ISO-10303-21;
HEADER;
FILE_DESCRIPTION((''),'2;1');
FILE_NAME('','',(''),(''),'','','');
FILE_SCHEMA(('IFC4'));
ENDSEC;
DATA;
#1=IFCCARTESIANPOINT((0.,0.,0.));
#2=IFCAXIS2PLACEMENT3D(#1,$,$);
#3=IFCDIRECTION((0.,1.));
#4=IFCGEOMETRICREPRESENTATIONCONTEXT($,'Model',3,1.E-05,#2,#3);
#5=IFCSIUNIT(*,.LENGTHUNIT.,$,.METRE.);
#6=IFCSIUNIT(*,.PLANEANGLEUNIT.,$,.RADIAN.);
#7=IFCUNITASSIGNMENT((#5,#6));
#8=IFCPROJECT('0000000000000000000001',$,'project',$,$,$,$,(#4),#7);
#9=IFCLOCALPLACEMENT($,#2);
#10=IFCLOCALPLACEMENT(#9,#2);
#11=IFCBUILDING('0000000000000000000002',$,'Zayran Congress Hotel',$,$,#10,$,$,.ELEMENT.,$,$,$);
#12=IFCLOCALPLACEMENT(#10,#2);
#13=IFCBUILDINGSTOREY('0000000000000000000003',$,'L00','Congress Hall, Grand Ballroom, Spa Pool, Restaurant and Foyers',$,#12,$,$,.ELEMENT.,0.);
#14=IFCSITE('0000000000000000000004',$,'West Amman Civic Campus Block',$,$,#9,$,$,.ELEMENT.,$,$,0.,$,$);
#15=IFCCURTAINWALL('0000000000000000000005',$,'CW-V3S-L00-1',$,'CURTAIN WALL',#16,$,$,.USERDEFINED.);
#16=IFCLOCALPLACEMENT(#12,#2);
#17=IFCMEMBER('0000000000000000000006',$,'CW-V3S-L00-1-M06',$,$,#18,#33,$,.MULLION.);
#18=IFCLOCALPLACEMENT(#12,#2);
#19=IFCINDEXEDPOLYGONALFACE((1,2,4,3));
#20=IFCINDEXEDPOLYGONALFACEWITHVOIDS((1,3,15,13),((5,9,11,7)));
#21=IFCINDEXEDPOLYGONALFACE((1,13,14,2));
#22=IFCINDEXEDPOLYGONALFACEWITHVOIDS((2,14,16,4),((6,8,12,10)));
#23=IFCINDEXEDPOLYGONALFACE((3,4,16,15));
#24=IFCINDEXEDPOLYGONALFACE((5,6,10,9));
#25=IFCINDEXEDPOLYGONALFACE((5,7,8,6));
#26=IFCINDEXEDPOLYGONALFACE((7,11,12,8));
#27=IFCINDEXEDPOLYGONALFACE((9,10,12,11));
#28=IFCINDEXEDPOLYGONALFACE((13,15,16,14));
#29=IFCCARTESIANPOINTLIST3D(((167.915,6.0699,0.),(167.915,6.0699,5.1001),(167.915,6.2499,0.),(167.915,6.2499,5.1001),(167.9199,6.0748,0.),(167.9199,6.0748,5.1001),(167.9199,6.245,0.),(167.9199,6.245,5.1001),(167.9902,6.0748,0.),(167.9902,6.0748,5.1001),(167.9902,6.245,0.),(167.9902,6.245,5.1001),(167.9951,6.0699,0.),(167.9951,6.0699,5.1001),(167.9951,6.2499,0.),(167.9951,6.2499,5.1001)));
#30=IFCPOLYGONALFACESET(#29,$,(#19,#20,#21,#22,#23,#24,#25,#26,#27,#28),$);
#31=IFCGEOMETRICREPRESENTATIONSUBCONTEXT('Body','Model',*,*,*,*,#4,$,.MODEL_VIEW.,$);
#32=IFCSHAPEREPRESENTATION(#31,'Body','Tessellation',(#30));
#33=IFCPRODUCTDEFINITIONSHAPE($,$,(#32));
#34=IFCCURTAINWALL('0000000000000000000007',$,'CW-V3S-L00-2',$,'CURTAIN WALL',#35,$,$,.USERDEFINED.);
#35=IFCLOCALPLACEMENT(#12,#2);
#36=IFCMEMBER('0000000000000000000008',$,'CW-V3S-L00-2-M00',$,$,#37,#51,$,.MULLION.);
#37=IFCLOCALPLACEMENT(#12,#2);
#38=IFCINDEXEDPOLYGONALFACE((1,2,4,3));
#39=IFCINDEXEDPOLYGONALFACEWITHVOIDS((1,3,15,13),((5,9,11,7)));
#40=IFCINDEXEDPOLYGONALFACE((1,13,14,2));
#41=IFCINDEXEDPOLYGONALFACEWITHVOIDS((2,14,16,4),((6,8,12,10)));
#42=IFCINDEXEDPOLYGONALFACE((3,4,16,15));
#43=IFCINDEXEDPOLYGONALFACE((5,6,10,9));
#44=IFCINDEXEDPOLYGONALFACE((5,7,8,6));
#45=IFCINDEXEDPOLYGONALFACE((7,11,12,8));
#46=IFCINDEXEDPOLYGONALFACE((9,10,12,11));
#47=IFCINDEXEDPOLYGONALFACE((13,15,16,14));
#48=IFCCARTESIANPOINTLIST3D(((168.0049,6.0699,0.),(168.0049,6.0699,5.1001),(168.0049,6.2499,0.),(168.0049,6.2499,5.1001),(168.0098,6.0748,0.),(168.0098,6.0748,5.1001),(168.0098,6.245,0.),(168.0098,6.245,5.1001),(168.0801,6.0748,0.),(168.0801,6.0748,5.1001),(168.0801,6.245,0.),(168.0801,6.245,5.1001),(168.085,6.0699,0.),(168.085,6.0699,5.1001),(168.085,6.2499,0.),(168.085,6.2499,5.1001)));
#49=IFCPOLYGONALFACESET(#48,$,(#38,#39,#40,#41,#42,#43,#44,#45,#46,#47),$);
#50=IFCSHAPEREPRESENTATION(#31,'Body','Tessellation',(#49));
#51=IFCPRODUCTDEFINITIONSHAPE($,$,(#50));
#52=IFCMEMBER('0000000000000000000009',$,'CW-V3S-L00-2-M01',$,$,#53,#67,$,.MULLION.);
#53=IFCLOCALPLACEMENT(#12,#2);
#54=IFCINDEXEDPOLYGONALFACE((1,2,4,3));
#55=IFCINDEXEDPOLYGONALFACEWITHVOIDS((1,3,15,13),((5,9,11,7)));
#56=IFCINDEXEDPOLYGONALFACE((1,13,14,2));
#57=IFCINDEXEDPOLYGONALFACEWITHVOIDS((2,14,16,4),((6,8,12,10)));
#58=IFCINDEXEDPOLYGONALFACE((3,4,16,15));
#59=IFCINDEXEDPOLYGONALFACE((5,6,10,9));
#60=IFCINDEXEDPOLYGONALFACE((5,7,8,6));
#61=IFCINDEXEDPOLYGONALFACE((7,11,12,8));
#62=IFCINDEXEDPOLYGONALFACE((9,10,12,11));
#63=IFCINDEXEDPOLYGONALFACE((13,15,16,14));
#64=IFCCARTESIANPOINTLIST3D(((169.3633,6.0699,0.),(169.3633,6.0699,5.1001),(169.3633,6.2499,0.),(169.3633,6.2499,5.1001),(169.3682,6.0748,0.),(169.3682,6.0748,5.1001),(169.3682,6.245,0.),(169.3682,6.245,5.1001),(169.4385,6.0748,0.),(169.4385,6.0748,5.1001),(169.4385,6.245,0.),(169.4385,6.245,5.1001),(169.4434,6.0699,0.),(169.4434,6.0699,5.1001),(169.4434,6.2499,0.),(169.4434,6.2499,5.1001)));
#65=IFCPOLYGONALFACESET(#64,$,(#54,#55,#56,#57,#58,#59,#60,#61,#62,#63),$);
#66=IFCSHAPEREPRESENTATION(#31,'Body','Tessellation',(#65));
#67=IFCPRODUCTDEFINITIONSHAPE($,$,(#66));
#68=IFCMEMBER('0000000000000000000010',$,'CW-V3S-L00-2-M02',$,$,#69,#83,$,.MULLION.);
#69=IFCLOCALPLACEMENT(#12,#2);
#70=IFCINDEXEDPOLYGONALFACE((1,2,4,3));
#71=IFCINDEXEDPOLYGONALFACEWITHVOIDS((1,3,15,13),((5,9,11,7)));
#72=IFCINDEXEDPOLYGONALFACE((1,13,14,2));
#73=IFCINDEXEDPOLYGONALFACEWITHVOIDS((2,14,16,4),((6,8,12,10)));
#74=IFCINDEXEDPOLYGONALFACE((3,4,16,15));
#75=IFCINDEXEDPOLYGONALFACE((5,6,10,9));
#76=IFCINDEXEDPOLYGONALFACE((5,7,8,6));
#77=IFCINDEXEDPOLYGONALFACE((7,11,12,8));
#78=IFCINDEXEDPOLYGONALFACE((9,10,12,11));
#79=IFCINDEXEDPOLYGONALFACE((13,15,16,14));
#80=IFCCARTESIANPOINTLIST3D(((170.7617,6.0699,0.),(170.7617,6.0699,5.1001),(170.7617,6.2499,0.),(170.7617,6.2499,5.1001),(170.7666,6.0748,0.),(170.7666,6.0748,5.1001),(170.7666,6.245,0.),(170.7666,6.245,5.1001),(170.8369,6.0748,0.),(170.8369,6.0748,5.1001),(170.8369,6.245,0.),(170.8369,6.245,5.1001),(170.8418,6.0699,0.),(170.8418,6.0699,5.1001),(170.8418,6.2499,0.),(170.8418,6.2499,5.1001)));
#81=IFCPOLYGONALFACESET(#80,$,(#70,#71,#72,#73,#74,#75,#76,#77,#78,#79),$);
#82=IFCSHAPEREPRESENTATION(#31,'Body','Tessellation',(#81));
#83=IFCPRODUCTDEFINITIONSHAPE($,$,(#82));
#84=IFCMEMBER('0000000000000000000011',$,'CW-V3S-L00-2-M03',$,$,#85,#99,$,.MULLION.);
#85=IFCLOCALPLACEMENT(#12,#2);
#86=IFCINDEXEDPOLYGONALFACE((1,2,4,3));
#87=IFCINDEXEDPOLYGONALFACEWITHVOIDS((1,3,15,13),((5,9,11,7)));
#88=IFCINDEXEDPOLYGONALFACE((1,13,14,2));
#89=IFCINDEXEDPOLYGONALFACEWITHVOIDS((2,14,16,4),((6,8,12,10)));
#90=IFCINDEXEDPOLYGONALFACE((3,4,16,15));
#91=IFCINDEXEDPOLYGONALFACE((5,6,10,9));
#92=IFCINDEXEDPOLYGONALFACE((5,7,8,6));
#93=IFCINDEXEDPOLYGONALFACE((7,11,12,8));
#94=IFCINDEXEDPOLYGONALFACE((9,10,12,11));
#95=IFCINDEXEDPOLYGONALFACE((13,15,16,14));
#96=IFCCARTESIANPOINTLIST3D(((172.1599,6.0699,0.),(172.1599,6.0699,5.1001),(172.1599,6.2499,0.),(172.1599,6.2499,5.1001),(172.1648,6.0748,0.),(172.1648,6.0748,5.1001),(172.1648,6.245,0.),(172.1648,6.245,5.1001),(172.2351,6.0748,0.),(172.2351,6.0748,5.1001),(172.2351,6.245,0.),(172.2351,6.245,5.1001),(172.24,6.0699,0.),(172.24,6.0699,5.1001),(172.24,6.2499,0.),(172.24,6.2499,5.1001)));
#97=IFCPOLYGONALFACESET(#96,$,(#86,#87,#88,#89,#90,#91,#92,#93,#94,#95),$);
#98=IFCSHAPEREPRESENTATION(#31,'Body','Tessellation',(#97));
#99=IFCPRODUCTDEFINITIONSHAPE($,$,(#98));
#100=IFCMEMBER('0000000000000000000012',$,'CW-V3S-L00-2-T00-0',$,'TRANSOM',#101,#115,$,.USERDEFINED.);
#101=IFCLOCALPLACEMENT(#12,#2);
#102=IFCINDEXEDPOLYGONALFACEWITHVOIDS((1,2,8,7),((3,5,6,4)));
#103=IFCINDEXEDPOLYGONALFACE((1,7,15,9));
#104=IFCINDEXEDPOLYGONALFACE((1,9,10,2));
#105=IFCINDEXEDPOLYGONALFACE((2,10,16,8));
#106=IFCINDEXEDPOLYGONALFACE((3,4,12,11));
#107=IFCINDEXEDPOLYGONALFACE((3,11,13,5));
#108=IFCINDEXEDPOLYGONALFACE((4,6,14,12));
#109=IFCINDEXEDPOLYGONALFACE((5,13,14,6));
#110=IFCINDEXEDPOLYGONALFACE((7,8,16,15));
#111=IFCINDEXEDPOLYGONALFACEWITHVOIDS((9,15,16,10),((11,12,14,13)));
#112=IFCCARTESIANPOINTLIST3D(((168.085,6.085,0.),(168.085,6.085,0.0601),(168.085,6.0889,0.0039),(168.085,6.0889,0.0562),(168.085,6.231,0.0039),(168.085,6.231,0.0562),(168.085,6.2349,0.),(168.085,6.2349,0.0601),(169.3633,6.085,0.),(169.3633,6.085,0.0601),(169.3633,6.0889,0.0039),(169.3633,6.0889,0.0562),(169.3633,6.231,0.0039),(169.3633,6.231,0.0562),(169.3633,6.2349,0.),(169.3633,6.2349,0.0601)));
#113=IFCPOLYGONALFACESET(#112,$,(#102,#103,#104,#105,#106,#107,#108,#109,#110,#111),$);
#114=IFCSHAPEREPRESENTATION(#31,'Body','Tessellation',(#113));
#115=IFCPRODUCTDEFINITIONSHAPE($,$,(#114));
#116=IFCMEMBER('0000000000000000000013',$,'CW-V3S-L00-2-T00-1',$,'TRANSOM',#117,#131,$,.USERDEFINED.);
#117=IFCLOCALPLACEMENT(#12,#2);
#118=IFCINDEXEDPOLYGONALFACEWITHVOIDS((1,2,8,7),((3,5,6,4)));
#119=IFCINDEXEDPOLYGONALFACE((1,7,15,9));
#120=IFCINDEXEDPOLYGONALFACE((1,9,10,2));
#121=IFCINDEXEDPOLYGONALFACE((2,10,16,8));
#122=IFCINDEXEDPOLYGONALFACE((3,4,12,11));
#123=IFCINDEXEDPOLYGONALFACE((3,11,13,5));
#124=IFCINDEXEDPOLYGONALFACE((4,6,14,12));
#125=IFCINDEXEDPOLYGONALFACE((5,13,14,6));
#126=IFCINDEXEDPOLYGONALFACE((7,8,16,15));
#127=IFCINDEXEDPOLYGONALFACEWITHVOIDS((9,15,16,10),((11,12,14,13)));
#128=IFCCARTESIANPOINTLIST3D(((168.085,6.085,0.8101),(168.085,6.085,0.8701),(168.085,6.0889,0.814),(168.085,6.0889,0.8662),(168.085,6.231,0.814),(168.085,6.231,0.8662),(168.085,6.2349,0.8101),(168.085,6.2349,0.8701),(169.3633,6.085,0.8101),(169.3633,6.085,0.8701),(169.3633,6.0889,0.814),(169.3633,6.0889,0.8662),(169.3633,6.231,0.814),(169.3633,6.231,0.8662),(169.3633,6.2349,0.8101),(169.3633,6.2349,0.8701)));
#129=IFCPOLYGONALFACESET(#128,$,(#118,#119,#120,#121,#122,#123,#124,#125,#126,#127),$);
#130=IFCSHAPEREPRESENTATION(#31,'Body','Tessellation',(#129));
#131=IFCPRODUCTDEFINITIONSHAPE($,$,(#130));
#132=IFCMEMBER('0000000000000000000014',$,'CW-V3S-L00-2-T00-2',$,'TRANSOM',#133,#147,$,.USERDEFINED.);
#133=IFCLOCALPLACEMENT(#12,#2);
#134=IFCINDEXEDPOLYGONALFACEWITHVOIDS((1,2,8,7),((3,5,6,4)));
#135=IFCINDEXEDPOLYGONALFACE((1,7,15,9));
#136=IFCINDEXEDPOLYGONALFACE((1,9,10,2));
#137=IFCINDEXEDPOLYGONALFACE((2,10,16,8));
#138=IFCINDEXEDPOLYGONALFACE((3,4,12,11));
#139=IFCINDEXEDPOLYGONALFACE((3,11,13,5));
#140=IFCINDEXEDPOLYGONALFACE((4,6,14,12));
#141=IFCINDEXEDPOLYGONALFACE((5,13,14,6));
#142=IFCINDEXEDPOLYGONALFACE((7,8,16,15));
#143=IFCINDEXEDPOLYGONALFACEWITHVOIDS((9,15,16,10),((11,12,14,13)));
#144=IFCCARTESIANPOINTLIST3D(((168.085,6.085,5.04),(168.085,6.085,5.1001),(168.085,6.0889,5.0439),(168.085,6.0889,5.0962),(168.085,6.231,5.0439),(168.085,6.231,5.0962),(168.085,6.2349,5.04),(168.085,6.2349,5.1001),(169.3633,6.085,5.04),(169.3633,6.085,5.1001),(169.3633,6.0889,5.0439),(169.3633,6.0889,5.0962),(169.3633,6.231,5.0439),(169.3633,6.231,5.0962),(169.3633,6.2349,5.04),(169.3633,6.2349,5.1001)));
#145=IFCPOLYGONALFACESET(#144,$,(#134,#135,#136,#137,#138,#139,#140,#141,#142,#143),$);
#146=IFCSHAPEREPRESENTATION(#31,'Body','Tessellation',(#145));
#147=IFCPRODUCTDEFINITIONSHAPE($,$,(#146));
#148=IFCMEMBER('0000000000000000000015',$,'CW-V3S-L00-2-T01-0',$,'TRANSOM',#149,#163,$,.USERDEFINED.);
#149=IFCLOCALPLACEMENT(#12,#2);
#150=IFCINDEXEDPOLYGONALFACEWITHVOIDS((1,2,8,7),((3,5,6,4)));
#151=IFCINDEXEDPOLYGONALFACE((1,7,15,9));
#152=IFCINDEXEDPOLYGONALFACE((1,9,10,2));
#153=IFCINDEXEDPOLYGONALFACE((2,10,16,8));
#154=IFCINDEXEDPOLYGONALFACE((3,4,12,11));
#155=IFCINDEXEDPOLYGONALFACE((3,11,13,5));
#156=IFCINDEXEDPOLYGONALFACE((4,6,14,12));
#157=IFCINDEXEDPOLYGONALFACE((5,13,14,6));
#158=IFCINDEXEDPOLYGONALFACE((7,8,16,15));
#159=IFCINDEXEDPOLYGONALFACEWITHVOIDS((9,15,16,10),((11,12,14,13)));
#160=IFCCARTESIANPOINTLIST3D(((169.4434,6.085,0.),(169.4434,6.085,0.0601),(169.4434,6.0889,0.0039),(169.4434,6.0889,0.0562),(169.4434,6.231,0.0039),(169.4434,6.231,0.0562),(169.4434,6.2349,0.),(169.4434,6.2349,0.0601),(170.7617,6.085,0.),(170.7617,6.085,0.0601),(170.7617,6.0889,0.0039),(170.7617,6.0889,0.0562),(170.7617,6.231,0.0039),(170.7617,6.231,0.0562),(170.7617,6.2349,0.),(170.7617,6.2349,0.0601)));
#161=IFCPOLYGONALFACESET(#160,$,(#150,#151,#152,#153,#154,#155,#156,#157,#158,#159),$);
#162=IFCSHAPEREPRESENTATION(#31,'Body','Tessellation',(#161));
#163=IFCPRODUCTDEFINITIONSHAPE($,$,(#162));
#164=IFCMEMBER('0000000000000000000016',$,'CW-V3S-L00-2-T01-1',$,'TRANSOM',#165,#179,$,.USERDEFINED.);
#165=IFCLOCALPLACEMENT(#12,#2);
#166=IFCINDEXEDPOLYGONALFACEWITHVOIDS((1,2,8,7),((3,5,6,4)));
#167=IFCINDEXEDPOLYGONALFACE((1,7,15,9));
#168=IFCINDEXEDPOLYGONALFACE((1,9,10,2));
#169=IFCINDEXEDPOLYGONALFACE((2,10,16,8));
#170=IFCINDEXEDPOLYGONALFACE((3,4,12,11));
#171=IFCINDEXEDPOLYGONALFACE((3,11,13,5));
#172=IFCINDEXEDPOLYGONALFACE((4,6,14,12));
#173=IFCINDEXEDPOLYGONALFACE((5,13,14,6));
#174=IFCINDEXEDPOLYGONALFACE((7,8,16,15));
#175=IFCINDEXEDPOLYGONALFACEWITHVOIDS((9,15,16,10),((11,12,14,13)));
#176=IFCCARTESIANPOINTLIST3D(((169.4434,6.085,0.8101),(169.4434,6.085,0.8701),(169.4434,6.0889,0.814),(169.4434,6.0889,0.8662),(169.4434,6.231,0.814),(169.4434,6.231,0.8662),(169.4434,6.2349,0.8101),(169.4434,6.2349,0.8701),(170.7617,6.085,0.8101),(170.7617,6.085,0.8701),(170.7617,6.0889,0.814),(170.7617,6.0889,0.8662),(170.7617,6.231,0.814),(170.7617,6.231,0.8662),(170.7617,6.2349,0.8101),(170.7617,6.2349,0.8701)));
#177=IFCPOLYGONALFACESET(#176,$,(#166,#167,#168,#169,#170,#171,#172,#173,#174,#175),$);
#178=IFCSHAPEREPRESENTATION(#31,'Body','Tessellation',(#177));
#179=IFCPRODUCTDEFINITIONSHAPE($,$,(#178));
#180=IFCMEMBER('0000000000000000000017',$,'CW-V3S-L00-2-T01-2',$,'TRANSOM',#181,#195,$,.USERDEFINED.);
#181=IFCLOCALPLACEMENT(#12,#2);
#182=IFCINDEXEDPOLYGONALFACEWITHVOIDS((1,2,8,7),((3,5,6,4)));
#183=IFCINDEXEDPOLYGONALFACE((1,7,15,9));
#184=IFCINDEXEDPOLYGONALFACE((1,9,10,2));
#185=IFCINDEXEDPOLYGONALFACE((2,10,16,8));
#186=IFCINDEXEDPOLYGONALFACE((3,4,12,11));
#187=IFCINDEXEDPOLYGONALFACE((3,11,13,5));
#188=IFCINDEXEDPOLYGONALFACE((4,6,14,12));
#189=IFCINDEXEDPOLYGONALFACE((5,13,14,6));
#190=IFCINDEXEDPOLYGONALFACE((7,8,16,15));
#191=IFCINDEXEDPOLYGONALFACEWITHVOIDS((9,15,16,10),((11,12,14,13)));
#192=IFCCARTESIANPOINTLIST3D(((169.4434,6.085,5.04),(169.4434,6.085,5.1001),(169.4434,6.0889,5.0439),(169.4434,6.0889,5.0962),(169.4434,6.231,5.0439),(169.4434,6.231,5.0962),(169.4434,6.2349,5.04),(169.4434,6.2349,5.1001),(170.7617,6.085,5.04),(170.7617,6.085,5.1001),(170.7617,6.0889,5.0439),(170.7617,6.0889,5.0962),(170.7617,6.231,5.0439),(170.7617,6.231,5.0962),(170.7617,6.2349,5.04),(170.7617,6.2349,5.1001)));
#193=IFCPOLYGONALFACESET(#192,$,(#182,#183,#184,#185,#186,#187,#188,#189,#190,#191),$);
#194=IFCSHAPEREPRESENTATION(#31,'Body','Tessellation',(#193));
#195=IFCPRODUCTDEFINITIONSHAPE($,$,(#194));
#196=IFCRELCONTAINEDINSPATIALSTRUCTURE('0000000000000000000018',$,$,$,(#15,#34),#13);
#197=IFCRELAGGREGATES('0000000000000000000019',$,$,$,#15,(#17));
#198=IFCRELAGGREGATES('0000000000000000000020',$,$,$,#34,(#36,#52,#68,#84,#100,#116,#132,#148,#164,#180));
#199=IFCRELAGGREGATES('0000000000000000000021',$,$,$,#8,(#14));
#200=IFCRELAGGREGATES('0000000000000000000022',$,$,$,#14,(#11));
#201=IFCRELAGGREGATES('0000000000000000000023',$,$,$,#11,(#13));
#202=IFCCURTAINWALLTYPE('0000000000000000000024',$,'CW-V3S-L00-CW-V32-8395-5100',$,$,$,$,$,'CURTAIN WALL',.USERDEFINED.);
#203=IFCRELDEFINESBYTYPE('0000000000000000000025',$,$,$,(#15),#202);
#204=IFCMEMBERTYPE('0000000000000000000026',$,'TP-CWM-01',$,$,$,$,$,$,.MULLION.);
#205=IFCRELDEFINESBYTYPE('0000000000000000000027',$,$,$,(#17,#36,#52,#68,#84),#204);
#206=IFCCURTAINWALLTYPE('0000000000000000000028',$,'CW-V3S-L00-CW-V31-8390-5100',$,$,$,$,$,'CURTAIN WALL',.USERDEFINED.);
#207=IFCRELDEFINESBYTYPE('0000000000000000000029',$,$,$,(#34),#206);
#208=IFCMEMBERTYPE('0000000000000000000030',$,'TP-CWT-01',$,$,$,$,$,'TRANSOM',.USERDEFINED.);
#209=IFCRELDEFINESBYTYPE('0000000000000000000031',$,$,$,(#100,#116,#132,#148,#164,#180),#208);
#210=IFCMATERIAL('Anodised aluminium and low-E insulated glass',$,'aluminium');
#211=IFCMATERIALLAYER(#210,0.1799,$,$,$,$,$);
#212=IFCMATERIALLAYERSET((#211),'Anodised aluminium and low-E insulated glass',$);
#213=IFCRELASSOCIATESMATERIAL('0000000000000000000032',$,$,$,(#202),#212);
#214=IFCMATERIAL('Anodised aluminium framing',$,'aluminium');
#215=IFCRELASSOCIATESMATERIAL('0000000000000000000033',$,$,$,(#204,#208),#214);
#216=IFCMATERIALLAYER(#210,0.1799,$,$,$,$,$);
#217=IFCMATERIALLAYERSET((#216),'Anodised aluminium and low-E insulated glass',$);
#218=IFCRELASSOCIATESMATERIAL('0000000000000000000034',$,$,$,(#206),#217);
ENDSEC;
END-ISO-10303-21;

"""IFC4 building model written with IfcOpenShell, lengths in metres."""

from ifc_helpers import new_model, si_unit, direction, frame, origin, origin_2d, place, context, subcontext, project, spatial, hollow_rectangle, extrude, material, layer, layer_set, material_profile, profile_set, type_object, element, aggregate, save


model = new_model("IFC4")

# Units and contexts
model_context = context("Model", 3, precision=1e-05, world=origin(), true_north=direction((0.0, 1.0)))
body_context = subcontext(model_context, "Body", "Model", "MODEL_VIEW")
ifc_project = project(units=[si_unit("LENGTHUNIT", "METRE"), si_unit("PLANEANGLEUNIT", "RADIAN")], contexts=[model_context])

# Site, building, storey
site_placement = place(None, origin())
site = spatial("IfcSite", under=ifc_project, at=site_placement, Name="West Amman Civic Campus Block", CompositionType="ELEMENT", RefElevation=0.0)
building_placement = place(site_placement, origin())
building = spatial("IfcBuilding", under=site, at=building_placement, Name="Zayran Congress Hotel", CompositionType="ELEMENT")
storey_placement = place(building_placement, origin())
storey = spatial("IfcBuildingStorey", under=building, at=storey_placement, Name="L00", Description="Congress Hall, Grand Ballroom, Spa Pool, Restaurant and Foyers", CompositionType="ELEMENT", Elevation=0.0)

# Curtain wall, member
ifc_material_1 = material(Name="Anodised aluminium and low-E insulated glass", Category="aluminium")
ifc_layer_1 = layer(ifc_material_1, 0.1799)
ifc_layer_set_1 = layer_set([ifc_layer_1], Name="Anodised aluminium and low-E insulated glass")
curtain_wall_type_1 = type_object("IfcCurtainWallType", Name="CW-V3S-L00-CW-V32-8395-5100", ElementType="CURTAIN WALL", PredefinedType="USERDEFINED", material=ifc_layer_set_1)
curtain_wall_1_placement = place(storey_placement, origin())
curtain_wall_1 = element("IfcCurtainWall", 1, at=curtain_wall_1_placement, inside=storey, type_object=curtain_wall_type_1, Name="CW-V3S-L00-1", ObjectType="CURTAIN WALL", PredefinedType="USERDEFINED")
ifc_material_2 = material(Name="Anodised aluminium framing", Category="aluminium")
ifc_material_profile_1 = material_profile(ifc_material_2, hollow_rectangle(XDim=0.0801, YDim=0.1799, WallThickness=0.0049, at=origin_2d()), Name="RHS 180x80x5")
ifc_profile_set_1 = profile_set([ifc_material_profile_1], Name="Anodised aluminium framing")
member_type_1 = type_object("IfcMemberType", Name="TP-CWM-01", PredefinedType="MULLION", material=ifc_profile_set_1)
member_1_placement = place(storey_placement, frame((167.9551, 6.1599, 0.0), z_axis=(0.0, 0.0, 1.0), x_axis=(1.0, 0.0, 0.0)))
member_1 = element("IfcMember", 2, at=member_1_placement, type_object=member_type_1, Name="CW-V3S-L00-1-M06", PredefinedType="MULLION", context=body_context, shape_type="SweptSolid", body=[
    extrude(hollow_rectangle(XDim=0.0801, YDim=0.1799, WallThickness=0.0049, at=origin_2d()), origin(), (0.0, 0.0, 1.0), 5.1001),
])
aggregate(curtain_wall_1, [member_1])

# Curtain wall, members
ifc_layer_2 = layer(ifc_material_1, 0.1799)
ifc_layer_set_2 = layer_set([ifc_layer_2], Name="Anodised aluminium and low-E insulated glass")
curtain_wall_type_2 = type_object("IfcCurtainWallType", Name="CW-V3S-L00-CW-V31-8390-5100", ElementType="CURTAIN WALL", PredefinedType="USERDEFINED", material=ifc_layer_set_2)
curtain_wall_2_placement = place(storey_placement, origin())
curtain_wall_2 = element("IfcCurtainWall", 3, at=curtain_wall_2_placement, inside=storey, type_object=curtain_wall_type_2, Name="CW-V3S-L00-2", ObjectType="CURTAIN WALL", PredefinedType="USERDEFINED")
member_2_placement = place(storey_placement, frame((168.0449, 6.1599, 0.0), z_axis=(0.0, 0.0, 1.0), x_axis=(1.0, 0.0, 0.0)))
member_2 = element("IfcMember", 4, at=member_2_placement, type_object=member_type_1, Name="CW-V3S-L00-2-M00", PredefinedType="MULLION", context=body_context, shape_type="SweptSolid", body=[
    extrude(hollow_rectangle(XDim=0.0801, YDim=0.1799, WallThickness=0.0049, at=origin_2d()), origin(), (0.0, 0.0, 1.0), 5.1001),
])
member_3_placement = place(storey_placement, frame((169.4033, 6.1599, 0.0), z_axis=(0.0, 0.0, 1.0), x_axis=(1.0, 0.0, 0.0)))
member_3 = element("IfcMember", 5, at=member_3_placement, type_object=member_type_1, Name="CW-V3S-L00-2-M01", PredefinedType="MULLION", context=body_context, shape_type="SweptSolid", body=[
    extrude(hollow_rectangle(XDim=0.0801, YDim=0.1799, WallThickness=0.0049, at=origin_2d()), origin(), (0.0, 0.0, 1.0), 5.1001),
])
member_4_placement = place(storey_placement, frame((170.8018, 6.1599, 0.0), z_axis=(0.0, 0.0, 1.0), x_axis=(1.0, 0.0, 0.0)))
member_4 = element("IfcMember", 6, at=member_4_placement, type_object=member_type_1, Name="CW-V3S-L00-2-M02", PredefinedType="MULLION", context=body_context, shape_type="SweptSolid", body=[
    extrude(hollow_rectangle(XDim=0.0801, YDim=0.1799, WallThickness=0.0049, at=origin_2d()), origin(), (0.0, 0.0, 1.0), 5.1001),
])
member_5_placement = place(storey_placement, frame((172.2, 6.1599, 0.0), z_axis=(0.0, 0.0, 1.0), x_axis=(1.0, 0.0, 0.0)))
member_5 = element("IfcMember", 7, at=member_5_placement, type_object=member_type_1, Name="CW-V3S-L00-2-M03", PredefinedType="MULLION", context=body_context, shape_type="SweptSolid", body=[
    extrude(hollow_rectangle(XDim=0.0801, YDim=0.1799, WallThickness=0.0049, at=origin_2d()), origin(), (0.0, 0.0, 1.0), 5.1001),
])
ifc_material_profile_2 = material_profile(ifc_material_2, hollow_rectangle(XDim=0.0601, YDim=0.1499, WallThickness=0.0039, at=origin_2d()), Name="RHS 150x60x4")
ifc_profile_set_2 = profile_set([ifc_material_profile_2], Name="Anodised aluminium framing")
member_type_2 = type_object("IfcMemberType", Name="TP-CWT-01", ElementType="TRANSOM", PredefinedType="USERDEFINED", material=ifc_profile_set_2)
member_6_placement = place(storey_placement, frame((168.085, 6.1599, 0.03), z_axis=(1.0, 0.0, 0.0), x_axis=(0.0, 0.0, 1.0)))
member_6 = element("IfcMember", 8, at=member_6_placement, type_object=member_type_2, Name="CW-V3S-L00-2-T00-0", ObjectType="TRANSOM", PredefinedType="USERDEFINED", context=body_context, shape_type="SweptSolid", body=[
    extrude(hollow_rectangle(XDim=0.0601, YDim=0.1499, WallThickness=0.0039, at=origin_2d()), origin(), (0.0, 0.0, 1.0), 1.2783),
])
member_7_placement = place(storey_placement, frame((168.085, 6.1599, 0.8401), z_axis=(1.0, 0.0, 0.0), x_axis=(0.0, 0.0, 1.0)))
member_7 = element("IfcMember", 9, at=member_7_placement, type_object=member_type_2, Name="CW-V3S-L00-2-T00-1", ObjectType="TRANSOM", PredefinedType="USERDEFINED", context=body_context, shape_type="SweptSolid", body=[
    extrude(hollow_rectangle(XDim=0.0601, YDim=0.1499, WallThickness=0.0039, at=origin_2d()), origin(), (0.0, 0.0, 1.0), 1.2783),
])
member_8_placement = place(storey_placement, frame((168.085, 6.1599, 5.0701), z_axis=(1.0, 0.0, 0.0), x_axis=(0.0, 0.0, 1.0)))
member_8 = element("IfcMember", 10, at=member_8_placement, type_object=member_type_2, Name="CW-V3S-L00-2-T00-2", ObjectType="TRANSOM", PredefinedType="USERDEFINED", context=body_context, shape_type="SweptSolid", body=[
    extrude(hollow_rectangle(XDim=0.0601, YDim=0.1499, WallThickness=0.0039, at=origin_2d()), origin(), (0.0, 0.0, 1.0), 1.2783),
])
member_9_placement = place(storey_placement, frame((169.4434, 6.1599, 0.03), z_axis=(1.0, 0.0, 0.0), x_axis=(0.0, 0.0, 1.0)))
member_9 = element("IfcMember", 11, at=member_9_placement, type_object=member_type_2, Name="CW-V3S-L00-2-T01-0", ObjectType="TRANSOM", PredefinedType="USERDEFINED", context=body_context, shape_type="SweptSolid", body=[
    extrude(hollow_rectangle(XDim=0.0601, YDim=0.1499, WallThickness=0.0039, at=origin_2d()), origin(), (0.0, 0.0, 1.0), 1.3184),
])
member_10_placement = place(storey_placement, frame((169.4434, 6.1599, 0.8401), z_axis=(1.0, 0.0, 0.0), x_axis=(0.0, 0.0, 1.0)))
member_10 = element("IfcMember", 12, at=member_10_placement, type_object=member_type_2, Name="CW-V3S-L00-2-T01-1", ObjectType="TRANSOM", PredefinedType="USERDEFINED", context=body_context, shape_type="SweptSolid", body=[
    extrude(hollow_rectangle(XDim=0.0601, YDim=0.1499, WallThickness=0.0039, at=origin_2d()), origin(), (0.0, 0.0, 1.0), 1.3184),
])
member_11_placement = place(storey_placement, frame((169.4434, 6.1599, 5.0701), z_axis=(1.0, 0.0, 0.0), x_axis=(0.0, 0.0, 1.0)))
member_11 = element("IfcMember", 13, at=member_11_placement, type_object=member_type_2, Name="CW-V3S-L00-2-T01-2", ObjectType="TRANSOM", PredefinedType="USERDEFINED", context=body_context, shape_type="SweptSolid", body=[
    extrude(hollow_rectangle(XDim=0.0601, YDim=0.1499, WallThickness=0.0039, at=origin_2d()), origin(), (0.0, 0.0, 1.0), 1.3184),
])
aggregate(curtain_wall_2, [member_2, member_3, member_4, member_5, member_6, member_7, member_8, member_9, member_10, member_11])

save(model, "model.ifc")
